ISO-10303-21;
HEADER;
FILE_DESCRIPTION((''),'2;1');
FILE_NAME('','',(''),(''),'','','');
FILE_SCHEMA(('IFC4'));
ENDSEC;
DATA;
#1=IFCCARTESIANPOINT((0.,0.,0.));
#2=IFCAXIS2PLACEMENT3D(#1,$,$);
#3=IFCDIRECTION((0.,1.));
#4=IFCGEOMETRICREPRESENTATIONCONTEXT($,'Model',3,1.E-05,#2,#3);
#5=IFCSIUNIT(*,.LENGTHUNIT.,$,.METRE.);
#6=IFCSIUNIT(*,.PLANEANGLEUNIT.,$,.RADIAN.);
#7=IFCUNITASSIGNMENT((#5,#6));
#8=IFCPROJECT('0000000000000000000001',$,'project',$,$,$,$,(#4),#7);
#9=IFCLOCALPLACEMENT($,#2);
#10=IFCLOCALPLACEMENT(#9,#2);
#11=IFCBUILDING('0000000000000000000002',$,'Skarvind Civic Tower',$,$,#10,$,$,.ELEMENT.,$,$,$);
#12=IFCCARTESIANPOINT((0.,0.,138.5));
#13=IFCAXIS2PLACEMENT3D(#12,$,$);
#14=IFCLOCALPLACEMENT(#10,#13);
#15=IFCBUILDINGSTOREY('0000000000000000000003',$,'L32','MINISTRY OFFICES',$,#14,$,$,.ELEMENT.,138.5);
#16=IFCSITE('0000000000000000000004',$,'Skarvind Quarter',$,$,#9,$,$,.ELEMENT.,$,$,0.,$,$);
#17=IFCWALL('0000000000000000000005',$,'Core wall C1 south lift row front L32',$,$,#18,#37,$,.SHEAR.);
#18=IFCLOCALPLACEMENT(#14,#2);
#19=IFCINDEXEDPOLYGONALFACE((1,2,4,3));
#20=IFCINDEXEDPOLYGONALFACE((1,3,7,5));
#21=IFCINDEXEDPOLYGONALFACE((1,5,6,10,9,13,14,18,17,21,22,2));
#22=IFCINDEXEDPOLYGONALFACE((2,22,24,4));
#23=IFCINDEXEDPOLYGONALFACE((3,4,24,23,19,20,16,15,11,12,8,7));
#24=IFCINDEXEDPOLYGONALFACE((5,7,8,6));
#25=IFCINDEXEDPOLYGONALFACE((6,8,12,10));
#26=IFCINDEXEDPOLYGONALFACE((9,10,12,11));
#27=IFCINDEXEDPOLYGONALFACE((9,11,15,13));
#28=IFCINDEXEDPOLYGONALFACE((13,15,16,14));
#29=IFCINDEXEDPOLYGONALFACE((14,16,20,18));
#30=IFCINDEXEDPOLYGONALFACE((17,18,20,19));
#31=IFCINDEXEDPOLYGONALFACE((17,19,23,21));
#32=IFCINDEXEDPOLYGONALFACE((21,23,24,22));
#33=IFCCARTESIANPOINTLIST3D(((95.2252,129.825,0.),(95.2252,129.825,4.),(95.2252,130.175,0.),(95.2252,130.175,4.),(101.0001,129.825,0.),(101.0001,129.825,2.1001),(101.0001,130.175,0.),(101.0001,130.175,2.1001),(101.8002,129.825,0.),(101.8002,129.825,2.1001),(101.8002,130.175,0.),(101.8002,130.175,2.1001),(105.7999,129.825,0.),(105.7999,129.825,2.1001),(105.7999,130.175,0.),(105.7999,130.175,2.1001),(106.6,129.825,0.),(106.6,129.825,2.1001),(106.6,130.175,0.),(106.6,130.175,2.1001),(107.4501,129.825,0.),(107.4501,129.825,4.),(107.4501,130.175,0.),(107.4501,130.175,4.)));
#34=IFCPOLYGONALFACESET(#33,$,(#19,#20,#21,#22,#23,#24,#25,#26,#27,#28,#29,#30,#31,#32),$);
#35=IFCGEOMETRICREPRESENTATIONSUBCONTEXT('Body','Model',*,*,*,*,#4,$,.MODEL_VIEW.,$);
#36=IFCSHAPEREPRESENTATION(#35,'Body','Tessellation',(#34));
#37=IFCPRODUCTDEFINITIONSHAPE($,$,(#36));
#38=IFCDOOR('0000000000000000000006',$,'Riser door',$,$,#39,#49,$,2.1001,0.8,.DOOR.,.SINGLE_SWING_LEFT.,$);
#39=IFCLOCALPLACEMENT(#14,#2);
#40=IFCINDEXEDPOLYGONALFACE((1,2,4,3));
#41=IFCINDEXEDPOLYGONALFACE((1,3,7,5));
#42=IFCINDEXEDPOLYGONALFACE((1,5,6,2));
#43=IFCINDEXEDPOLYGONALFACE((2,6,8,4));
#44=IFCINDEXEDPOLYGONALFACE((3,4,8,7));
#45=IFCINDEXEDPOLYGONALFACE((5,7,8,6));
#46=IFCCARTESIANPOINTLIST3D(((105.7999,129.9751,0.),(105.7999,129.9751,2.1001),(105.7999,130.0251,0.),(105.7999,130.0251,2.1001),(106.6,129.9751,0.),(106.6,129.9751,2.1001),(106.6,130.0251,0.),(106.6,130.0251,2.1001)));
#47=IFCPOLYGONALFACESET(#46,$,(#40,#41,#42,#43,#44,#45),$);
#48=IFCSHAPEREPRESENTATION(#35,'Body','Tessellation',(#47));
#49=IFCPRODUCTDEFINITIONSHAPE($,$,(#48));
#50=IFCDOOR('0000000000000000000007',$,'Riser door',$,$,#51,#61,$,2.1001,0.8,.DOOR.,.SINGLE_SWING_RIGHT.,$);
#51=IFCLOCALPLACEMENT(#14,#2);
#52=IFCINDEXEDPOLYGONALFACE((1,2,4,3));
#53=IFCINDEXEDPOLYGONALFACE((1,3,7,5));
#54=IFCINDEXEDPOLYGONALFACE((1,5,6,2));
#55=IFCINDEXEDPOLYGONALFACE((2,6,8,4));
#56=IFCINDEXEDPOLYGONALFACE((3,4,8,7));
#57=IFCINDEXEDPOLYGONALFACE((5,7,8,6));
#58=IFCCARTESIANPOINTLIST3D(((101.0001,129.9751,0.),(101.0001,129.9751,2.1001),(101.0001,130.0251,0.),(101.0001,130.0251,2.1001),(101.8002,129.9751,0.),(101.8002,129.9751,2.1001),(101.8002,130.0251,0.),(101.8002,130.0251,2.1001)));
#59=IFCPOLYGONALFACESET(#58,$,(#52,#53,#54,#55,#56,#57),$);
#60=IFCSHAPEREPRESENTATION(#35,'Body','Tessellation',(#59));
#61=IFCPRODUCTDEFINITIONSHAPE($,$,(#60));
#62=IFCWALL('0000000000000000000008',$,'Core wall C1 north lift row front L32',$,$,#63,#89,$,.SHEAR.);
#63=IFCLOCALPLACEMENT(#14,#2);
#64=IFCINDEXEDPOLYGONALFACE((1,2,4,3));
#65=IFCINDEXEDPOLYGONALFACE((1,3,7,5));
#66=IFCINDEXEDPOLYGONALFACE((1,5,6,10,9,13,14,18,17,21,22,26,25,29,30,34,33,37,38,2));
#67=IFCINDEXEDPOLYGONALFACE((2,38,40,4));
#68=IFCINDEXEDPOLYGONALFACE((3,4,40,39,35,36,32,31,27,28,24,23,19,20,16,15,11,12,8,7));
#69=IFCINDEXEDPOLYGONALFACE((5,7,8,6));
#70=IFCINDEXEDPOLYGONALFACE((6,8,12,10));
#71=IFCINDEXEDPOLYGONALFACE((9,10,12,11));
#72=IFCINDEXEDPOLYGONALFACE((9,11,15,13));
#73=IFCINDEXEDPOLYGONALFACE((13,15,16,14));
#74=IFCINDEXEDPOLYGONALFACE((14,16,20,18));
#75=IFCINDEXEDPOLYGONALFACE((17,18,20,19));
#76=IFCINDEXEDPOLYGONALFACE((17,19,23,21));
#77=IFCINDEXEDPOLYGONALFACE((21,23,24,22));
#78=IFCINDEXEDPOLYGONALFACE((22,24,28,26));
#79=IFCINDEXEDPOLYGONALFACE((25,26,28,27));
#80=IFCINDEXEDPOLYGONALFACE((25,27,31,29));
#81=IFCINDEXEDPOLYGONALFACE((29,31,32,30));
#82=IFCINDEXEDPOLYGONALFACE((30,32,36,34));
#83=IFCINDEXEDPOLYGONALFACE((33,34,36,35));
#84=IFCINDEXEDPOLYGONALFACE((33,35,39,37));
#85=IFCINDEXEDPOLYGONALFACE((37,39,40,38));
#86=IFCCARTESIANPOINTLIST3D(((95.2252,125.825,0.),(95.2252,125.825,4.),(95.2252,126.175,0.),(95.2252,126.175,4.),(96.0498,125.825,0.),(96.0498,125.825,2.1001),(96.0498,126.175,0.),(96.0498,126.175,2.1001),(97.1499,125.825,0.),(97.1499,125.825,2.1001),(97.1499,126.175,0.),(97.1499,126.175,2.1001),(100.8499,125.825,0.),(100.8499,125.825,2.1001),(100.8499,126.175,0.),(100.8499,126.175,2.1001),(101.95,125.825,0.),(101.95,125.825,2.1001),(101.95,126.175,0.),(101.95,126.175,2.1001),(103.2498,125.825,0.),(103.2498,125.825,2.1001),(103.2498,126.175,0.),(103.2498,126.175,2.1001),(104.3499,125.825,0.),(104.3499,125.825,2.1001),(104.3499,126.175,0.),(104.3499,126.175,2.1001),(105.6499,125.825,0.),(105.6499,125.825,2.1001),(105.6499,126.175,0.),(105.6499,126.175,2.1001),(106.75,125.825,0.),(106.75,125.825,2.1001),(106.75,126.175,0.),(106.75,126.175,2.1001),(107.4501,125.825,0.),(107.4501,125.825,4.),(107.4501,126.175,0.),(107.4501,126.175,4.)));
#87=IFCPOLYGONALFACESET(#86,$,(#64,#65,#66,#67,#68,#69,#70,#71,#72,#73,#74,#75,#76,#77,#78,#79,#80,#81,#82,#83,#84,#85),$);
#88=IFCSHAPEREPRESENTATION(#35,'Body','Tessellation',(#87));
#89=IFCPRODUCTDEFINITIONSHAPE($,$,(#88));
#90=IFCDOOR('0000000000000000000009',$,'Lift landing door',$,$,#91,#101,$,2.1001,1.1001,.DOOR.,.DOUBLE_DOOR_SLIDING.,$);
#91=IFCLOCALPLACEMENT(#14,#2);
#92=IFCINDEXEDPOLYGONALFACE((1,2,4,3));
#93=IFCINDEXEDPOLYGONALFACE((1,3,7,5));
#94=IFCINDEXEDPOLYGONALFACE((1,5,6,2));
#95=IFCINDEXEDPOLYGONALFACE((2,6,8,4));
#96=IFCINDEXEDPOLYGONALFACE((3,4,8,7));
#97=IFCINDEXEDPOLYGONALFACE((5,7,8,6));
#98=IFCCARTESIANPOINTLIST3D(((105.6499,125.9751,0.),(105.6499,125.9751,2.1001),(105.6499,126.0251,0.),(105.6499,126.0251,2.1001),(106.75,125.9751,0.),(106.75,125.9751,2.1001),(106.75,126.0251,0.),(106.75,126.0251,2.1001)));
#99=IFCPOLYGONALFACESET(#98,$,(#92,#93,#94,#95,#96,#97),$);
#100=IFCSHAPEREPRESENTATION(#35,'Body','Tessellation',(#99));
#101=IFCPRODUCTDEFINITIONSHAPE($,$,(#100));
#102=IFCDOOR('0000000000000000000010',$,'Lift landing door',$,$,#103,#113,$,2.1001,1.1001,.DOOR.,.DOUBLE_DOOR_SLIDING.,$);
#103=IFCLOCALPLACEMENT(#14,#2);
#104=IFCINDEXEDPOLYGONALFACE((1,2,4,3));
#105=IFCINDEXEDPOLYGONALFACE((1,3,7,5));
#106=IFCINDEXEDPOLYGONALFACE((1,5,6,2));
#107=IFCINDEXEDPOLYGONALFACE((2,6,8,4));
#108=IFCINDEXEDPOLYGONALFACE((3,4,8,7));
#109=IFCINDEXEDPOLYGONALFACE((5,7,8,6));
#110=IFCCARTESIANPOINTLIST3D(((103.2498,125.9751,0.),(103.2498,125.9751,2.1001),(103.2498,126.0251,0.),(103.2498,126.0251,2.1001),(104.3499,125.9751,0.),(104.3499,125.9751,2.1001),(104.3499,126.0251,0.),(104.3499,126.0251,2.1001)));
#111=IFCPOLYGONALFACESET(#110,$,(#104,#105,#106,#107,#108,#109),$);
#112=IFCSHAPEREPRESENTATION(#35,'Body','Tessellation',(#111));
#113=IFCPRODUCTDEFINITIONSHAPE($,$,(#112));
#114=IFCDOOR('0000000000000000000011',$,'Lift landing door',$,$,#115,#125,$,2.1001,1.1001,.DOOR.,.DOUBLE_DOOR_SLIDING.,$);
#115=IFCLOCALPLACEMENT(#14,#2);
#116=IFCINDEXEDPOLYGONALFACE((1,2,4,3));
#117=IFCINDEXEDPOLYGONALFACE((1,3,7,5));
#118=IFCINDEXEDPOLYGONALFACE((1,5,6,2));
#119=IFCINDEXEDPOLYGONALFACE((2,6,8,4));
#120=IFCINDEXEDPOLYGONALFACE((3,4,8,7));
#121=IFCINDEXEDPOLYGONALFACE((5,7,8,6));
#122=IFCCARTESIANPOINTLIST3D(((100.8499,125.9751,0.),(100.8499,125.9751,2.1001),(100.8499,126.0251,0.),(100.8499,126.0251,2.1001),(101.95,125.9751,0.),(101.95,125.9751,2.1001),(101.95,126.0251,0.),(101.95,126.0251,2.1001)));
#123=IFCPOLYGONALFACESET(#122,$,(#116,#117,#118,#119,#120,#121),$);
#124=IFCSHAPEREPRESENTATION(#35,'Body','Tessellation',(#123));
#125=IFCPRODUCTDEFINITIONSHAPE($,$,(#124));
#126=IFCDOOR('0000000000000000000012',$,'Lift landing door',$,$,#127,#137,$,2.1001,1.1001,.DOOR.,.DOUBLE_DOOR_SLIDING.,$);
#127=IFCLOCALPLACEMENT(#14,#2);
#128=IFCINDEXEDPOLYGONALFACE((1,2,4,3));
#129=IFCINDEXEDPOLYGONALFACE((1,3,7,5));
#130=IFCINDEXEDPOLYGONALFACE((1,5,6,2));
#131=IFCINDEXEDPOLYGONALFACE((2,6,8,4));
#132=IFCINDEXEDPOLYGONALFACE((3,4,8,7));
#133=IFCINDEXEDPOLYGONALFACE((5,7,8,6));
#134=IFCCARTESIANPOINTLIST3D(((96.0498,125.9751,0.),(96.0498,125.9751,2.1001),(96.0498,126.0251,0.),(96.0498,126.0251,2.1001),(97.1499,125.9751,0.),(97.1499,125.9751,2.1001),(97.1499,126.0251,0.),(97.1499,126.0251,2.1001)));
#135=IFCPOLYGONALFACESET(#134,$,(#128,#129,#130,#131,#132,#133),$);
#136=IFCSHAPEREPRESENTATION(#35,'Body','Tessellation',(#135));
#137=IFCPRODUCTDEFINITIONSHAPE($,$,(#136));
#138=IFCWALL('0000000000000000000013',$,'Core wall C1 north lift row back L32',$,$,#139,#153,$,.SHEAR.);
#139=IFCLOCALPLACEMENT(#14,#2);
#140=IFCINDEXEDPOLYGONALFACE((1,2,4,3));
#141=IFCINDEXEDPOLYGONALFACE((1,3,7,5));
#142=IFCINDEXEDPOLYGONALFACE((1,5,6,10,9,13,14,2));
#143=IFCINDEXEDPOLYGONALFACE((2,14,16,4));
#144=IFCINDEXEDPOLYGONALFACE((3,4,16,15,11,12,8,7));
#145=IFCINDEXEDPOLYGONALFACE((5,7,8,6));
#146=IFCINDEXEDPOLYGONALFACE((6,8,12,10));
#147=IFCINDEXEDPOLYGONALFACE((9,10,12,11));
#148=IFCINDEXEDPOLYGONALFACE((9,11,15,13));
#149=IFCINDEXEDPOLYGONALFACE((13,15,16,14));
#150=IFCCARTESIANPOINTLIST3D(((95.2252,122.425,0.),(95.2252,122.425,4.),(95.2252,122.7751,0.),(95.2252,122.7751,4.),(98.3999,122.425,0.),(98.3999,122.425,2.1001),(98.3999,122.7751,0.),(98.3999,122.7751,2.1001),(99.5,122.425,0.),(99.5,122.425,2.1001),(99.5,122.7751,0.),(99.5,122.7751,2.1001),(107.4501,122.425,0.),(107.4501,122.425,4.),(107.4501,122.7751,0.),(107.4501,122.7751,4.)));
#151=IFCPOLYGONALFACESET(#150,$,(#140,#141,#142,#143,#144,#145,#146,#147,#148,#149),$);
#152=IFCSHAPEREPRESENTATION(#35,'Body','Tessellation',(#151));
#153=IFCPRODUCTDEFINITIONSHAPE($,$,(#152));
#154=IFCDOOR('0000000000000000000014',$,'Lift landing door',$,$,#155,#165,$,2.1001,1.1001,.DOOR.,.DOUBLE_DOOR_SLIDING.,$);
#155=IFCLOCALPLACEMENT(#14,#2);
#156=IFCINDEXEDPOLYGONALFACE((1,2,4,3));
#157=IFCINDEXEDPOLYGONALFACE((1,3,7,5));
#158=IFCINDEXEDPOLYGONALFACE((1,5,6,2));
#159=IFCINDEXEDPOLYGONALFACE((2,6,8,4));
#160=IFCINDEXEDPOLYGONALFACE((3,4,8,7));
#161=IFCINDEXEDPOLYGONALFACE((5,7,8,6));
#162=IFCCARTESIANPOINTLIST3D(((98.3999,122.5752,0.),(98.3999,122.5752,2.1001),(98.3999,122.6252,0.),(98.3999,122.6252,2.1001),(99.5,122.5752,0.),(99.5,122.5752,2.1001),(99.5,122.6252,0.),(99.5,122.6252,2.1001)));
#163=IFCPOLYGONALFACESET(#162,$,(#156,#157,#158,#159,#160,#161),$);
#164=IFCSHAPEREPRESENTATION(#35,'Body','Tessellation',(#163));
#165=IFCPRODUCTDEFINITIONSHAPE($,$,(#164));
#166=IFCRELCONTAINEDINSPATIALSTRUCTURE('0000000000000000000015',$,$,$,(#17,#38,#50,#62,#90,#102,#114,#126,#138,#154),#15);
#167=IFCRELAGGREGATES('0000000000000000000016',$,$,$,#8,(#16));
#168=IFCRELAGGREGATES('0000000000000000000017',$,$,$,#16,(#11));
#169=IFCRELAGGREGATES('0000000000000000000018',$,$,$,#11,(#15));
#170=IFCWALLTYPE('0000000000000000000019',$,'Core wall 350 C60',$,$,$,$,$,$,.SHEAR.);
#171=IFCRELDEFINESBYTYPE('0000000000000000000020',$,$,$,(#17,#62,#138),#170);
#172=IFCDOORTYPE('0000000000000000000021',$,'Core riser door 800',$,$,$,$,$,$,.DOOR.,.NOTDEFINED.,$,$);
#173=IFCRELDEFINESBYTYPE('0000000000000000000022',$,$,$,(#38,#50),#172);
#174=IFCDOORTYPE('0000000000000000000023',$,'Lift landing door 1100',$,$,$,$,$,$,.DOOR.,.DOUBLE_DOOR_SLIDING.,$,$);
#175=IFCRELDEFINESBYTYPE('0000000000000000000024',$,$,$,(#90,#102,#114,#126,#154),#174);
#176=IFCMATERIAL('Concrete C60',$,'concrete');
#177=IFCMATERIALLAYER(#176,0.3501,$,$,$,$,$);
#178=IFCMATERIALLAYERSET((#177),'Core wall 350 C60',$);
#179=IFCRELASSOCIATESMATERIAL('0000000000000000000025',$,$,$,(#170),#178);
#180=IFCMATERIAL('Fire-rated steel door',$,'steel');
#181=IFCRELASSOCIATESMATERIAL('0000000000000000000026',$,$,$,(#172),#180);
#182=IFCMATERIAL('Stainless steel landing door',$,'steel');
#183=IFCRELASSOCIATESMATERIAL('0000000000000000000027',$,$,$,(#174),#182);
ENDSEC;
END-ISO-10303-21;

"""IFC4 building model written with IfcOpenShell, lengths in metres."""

from ifc_helpers import new_model, si_unit, direction, frame, frame_2d, origin, place, context, subcontext, project, spatial, rectangle, extrude, material, layer, layer_set, type_object, element, fill, save


model = new_model("IFC4")

# Units and contexts
model_context = context("Model", 3, precision=1e-05, world=origin(), true_north=direction((0.0, 1.0)))
body_context = subcontext(model_context, "Body", "Model", "MODEL_VIEW")
ifc_project = project(units=[si_unit("LENGTHUNIT", "METRE"), si_unit("PLANEANGLEUNIT", "RADIAN")], contexts=[model_context])

# Site, building, storey
site_placement = place(None, origin())
site = spatial("IfcSite", under=ifc_project, at=site_placement, Name="Skarvind Quarter", CompositionType="ELEMENT", RefElevation=0.0)
building_placement = place(site_placement, origin())
building = spatial("IfcBuilding", under=site, at=building_placement, Name="Skarvind Civic Tower", CompositionType="ELEMENT")
storey_placement = place(building_placement, frame((0.0, 0.0, 138.5)))
storey = spatial("IfcBuildingStorey", under=building, at=storey_placement, Name="L32", Description="MINISTRY OFFICES", CompositionType="ELEMENT", Elevation=138.5)

# Walls, openings, doors
ifc_material_1 = material(Name="Concrete C60", Category="concrete")
ifc_layer_1 = layer(ifc_material_1, 0.3501)
ifc_layer_set_1 = layer_set([ifc_layer_1], Name="Core wall 350 C60")
wall_type_1 = type_object("IfcWallType", Name="Core wall 350 C60", PredefinedType="SHEAR", material=ifc_layer_set_1)
wall_1_placement = place(storey_placement, frame((107.45, 130.0, 0.0), z_axis=(0.0, 0.0, 1.0), x_axis=(-1.0, 0.0, 0.0)))
wall_1 = element("IfcWall", 1, at=wall_1_placement, inside=storey, type_object=wall_type_1, Name="Core wall C1 south lift row front L32", PredefinedType="SHEAR", context=body_context, shape_type="SweptSolid", body=[
    extrude(rectangle(XDim=12.2249, YDim=0.3501, at=frame_2d((6.1123, 0.0))), origin(), (0.0, 0.0, 1.0), 4.0),
])
opening_1_placement = place(wall_1_placement, frame((0.8501, 0.0, 0.0)))
opening_1 = element("IfcOpeningElement", 2, at=opening_1_placement, cuts=wall_1, PredefinedType="OPENING", context=body_context, shape_type="SweptSolid", body=[
    extrude(rectangle(XDim=0.8, YDim=2.1001, at=frame_2d((0.3999, 1.05))), frame((0.0, 0.1851, 0.0), z_axis=(0.0, -1.0, 0.0), x_axis=(1.0, 0.0, 0.0)), (0.0, 0.0, 1.0), 0.3701),
])
opening_2_placement = place(wall_1_placement, frame((5.6499, 0.0, 0.0)))
opening_2 = element("IfcOpeningElement", 3, at=opening_2_placement, cuts=wall_1, PredefinedType="OPENING", context=body_context, shape_type="SweptSolid", body=[
    extrude(rectangle(XDim=0.8, YDim=2.1001, at=frame_2d((0.3999, 1.05))), frame((0.0, 0.1851, 0.0), z_axis=(0.0, -1.0, 0.0), x_axis=(1.0, 0.0, 0.0)), (0.0, 0.0, 1.0), 0.3701),
])
ifc_material_2 = material(Name="Fire-rated steel door", Category="steel")
door_type_1 = type_object("IfcDoorType", Name="Core riser door 800", OperationType="NOTDEFINED", PredefinedType="DOOR", material=ifc_material_2)
door_1_placement = place(opening_1_placement, origin())
door_1 = element("IfcDoor", 4, at=door_1_placement, inside=storey, type_object=door_type_1, Name="Riser door", OperationType="SINGLE_SWING_LEFT", OverallHeight=2.1001, OverallWidth=0.8, PredefinedType="DOOR", context=body_context, shape_type="SweptSolid", body=[
    extrude(rectangle(XDim=0.8, YDim=2.1001, at=frame_2d((0.3999, 1.05))), frame((0.0, 0.0249, 0.0), z_axis=(0.0, -1.0, 0.0), x_axis=(1.0, 0.0, 0.0)), (0.0, 0.0, 1.0), 0.05),
])
fill(opening_1, door_1)
door_2_placement = place(opening_2_placement, origin())
door_2 = element("IfcDoor", 5, at=door_2_placement, inside=storey, type_object=door_type_1, Name="Riser door", OperationType="SINGLE_SWING_RIGHT", OverallHeight=2.1001, OverallWidth=0.8, PredefinedType="DOOR", context=body_context, shape_type="SweptSolid", body=[
    extrude(rectangle(XDim=0.8, YDim=2.1001, at=frame_2d((0.3999, 1.05))), frame((0.0, 0.0249, 0.0), z_axis=(0.0, -1.0, 0.0), x_axis=(1.0, 0.0, 0.0)), (0.0, 0.0, 1.0), 0.05),
])
fill(opening_2, door_2)
wall_2_placement = place(storey_placement, frame((107.45, 126.0, 0.0), z_axis=(0.0, 0.0, 1.0), x_axis=(-1.0, 0.0, 0.0)))
wall_2 = element("IfcWall", 6, at=wall_2_placement, inside=storey, type_object=wall_type_1, Name="Core wall C1 north lift row front L32", PredefinedType="SHEAR", context=body_context, shape_type="SweptSolid", body=[
    extrude(rectangle(XDim=12.2249, YDim=0.3501, at=frame_2d((6.1123, 0.0))), origin(), (0.0, 0.0, 1.0), 4.0),
])
opening_3_placement = place(wall_2_placement, frame((0.7, 0.0, 0.0)))
opening_3 = element("IfcOpeningElement", 7, at=opening_3_placement, cuts=wall_2, PredefinedType="OPENING", context=body_context, shape_type="SweptSolid", body=[
    extrude(rectangle(XDim=1.1001, YDim=2.1001, at=frame_2d((0.55, 1.05))), frame((0.0, 0.1851, 0.0), z_axis=(0.0, -1.0, 0.0), x_axis=(1.0, 0.0, 0.0)), (0.0, 0.0, 1.0), 0.3701),
])
opening_4_placement = place(wall_2_placement, frame((3.1001, 0.0, 0.0)))
opening_4 = element("IfcOpeningElement", 8, at=opening_4_placement, cuts=wall_2, PredefinedType="OPENING", context=body_context, shape_type="SweptSolid", body=[
    extrude(rectangle(XDim=1.1001, YDim=2.1001, at=frame_2d((0.55, 1.05))), frame((0.0, 0.1851, 0.0), z_axis=(0.0, -1.0, 0.0), x_axis=(1.0, 0.0, 0.0)), (0.0, 0.0, 1.0), 0.3701),
])
opening_5_placement = place(wall_2_placement, frame((5.5, 0.0, 0.0)))
opening_5 = element("IfcOpeningElement", 9, at=opening_5_placement, cuts=wall_2, PredefinedType="OPENING", context=body_context, shape_type="SweptSolid", body=[
    extrude(rectangle(XDim=1.1001, YDim=2.1001, at=frame_2d((0.55, 1.05))), frame((0.0, 0.1851, 0.0), z_axis=(0.0, -1.0, 0.0), x_axis=(1.0, 0.0, 0.0)), (0.0, 0.0, 1.0), 0.3701),
])
opening_6_placement = place(wall_2_placement, frame((10.3, 0.0, 0.0)))
opening_6 = element("IfcOpeningElement", 10, at=opening_6_placement, cuts=wall_2, PredefinedType="OPENING", context=body_context, shape_type="SweptSolid", body=[
    extrude(rectangle(XDim=1.1001, YDim=2.1001, at=frame_2d((0.55, 1.05))), frame((0.0, 0.1851, 0.0), z_axis=(0.0, -1.0, 0.0), x_axis=(1.0, 0.0, 0.0)), (0.0, 0.0, 1.0), 0.3701),
])
ifc_material_3 = material(Name="Stainless steel landing door", Category="steel")
door_type_2 = type_object("IfcDoorType", Name="Lift landing door 1100", OperationType="DOUBLE_DOOR_SLIDING", PredefinedType="DOOR", material=ifc_material_3)
door_3_placement = place(opening_3_placement, origin())
door_3 = element("IfcDoor", 11, at=door_3_placement, inside=storey, type_object=door_type_2, Name="Lift landing door", OperationType="DOUBLE_DOOR_SLIDING", OverallHeight=2.1001, OverallWidth=1.1001, PredefinedType="DOOR", context=body_context, shape_type="SweptSolid", body=[
    extrude(rectangle(XDim=1.1001, YDim=2.1001, at=frame_2d((0.55, 1.05))), frame((0.0, 0.0249, 0.0), z_axis=(0.0, -1.0, 0.0), x_axis=(1.0, 0.0, 0.0)), (0.0, 0.0, 1.0), 0.05),
])
fill(opening_3, door_3)
door_4_placement = place(opening_4_placement, origin())
door_4 = element("IfcDoor", 12, at=door_4_placement, inside=storey, type_object=door_type_2, Name="Lift landing door", OperationType="DOUBLE_DOOR_SLIDING", OverallHeight=2.1001, OverallWidth=1.1001, PredefinedType="DOOR", context=body_context, shape_type="SweptSolid", body=[
    extrude(rectangle(XDim=1.1001, YDim=2.1001, at=frame_2d((0.55, 1.05))), frame((0.0, 0.0249, 0.0), z_axis=(0.0, -1.0, 0.0), x_axis=(1.0, 0.0, 0.0)), (0.0, 0.0, 1.0), 0.05),
])
fill(opening_4, door_4)
door_5_placement = place(opening_5_placement, origin())
door_5 = element("IfcDoor", 13, at=door_5_placement, inside=storey, type_object=door_type_2, Name="Lift landing door", OperationType="DOUBLE_DOOR_SLIDING", OverallHeight=2.1001, OverallWidth=1.1001, PredefinedType="DOOR", context=body_context, shape_type="SweptSolid", body=[
    extrude(rectangle(XDim=1.1001, YDim=2.1001, at=frame_2d((0.55, 1.05))), frame((0.0, 0.0249, 0.0), z_axis=(0.0, -1.0, 0.0), x_axis=(1.0, 0.0, 0.0)), (0.0, 0.0, 1.0), 0.05),
])
fill(opening_5, door_5)
door_6_placement = place(opening_6_placement, origin())
door_6 = element("IfcDoor", 14, at=door_6_placement, inside=storey, type_object=door_type_2, Name="Lift landing door", OperationType="DOUBLE_DOOR_SLIDING", OverallHeight=2.1001, OverallWidth=1.1001, PredefinedType="DOOR", context=body_context, shape_type="SweptSolid", body=[
    extrude(rectangle(XDim=1.1001, YDim=2.1001, at=frame_2d((0.55, 1.05))), frame((0.0, 0.0249, 0.0), z_axis=(0.0, -1.0, 0.0), x_axis=(1.0, 0.0, 0.0)), (0.0, 0.0, 1.0), 0.05),
])
fill(opening_6, door_6)

# Wall, opening, door
wall_3_placement = place(storey_placement, frame((107.45, 122.6001, 0.0), z_axis=(0.0, 0.0, 1.0), x_axis=(-1.0, 0.0, 0.0)))
wall_3 = element("IfcWall", 15, at=wall_3_placement, inside=storey, type_object=wall_type_1, Name="Core wall C1 north lift row back L32", PredefinedType="SHEAR", context=body_context, shape_type="SweptSolid", body=[
    extrude(rectangle(XDim=12.2249, YDim=0.3501, at=frame_2d((6.1123, 0.0))), origin(), (0.0, 0.0, 1.0), 4.0),
])
opening_7_placement = place(wall_3_placement, frame((7.95, 0.0, 0.0)))
opening_7 = element("IfcOpeningElement", 16, at=opening_7_placement, cuts=wall_3, PredefinedType="OPENING", context=body_context, shape_type="SweptSolid", body=[
    extrude(rectangle(XDim=1.1001, YDim=2.1001, at=frame_2d((0.55, 1.05))), frame((0.0, 0.1851, 0.0), z_axis=(0.0, -1.0, 0.0), x_axis=(1.0, 0.0, 0.0)), (0.0, 0.0, 1.0), 0.3701),
])
door_7_placement = place(opening_7_placement, origin())
door_7 = element("IfcDoor", 17, at=door_7_placement, inside=storey, type_object=door_type_2, Name="Lift landing door", OperationType="DOUBLE_DOOR_SLIDING", OverallHeight=2.1001, OverallWidth=1.1001, PredefinedType="DOOR", context=body_context, shape_type="SweptSolid", body=[
    extrude(rectangle(XDim=1.1001, YDim=2.1001, at=frame_2d((0.55, 1.05))), frame((0.0, 0.0249, 0.0), z_axis=(0.0, -1.0, 0.0), x_axis=(1.0, 0.0, 0.0)), (0.0, 0.0, 1.0), 0.05),
])
fill(opening_7, door_7)

save(model, "model.ifc")
